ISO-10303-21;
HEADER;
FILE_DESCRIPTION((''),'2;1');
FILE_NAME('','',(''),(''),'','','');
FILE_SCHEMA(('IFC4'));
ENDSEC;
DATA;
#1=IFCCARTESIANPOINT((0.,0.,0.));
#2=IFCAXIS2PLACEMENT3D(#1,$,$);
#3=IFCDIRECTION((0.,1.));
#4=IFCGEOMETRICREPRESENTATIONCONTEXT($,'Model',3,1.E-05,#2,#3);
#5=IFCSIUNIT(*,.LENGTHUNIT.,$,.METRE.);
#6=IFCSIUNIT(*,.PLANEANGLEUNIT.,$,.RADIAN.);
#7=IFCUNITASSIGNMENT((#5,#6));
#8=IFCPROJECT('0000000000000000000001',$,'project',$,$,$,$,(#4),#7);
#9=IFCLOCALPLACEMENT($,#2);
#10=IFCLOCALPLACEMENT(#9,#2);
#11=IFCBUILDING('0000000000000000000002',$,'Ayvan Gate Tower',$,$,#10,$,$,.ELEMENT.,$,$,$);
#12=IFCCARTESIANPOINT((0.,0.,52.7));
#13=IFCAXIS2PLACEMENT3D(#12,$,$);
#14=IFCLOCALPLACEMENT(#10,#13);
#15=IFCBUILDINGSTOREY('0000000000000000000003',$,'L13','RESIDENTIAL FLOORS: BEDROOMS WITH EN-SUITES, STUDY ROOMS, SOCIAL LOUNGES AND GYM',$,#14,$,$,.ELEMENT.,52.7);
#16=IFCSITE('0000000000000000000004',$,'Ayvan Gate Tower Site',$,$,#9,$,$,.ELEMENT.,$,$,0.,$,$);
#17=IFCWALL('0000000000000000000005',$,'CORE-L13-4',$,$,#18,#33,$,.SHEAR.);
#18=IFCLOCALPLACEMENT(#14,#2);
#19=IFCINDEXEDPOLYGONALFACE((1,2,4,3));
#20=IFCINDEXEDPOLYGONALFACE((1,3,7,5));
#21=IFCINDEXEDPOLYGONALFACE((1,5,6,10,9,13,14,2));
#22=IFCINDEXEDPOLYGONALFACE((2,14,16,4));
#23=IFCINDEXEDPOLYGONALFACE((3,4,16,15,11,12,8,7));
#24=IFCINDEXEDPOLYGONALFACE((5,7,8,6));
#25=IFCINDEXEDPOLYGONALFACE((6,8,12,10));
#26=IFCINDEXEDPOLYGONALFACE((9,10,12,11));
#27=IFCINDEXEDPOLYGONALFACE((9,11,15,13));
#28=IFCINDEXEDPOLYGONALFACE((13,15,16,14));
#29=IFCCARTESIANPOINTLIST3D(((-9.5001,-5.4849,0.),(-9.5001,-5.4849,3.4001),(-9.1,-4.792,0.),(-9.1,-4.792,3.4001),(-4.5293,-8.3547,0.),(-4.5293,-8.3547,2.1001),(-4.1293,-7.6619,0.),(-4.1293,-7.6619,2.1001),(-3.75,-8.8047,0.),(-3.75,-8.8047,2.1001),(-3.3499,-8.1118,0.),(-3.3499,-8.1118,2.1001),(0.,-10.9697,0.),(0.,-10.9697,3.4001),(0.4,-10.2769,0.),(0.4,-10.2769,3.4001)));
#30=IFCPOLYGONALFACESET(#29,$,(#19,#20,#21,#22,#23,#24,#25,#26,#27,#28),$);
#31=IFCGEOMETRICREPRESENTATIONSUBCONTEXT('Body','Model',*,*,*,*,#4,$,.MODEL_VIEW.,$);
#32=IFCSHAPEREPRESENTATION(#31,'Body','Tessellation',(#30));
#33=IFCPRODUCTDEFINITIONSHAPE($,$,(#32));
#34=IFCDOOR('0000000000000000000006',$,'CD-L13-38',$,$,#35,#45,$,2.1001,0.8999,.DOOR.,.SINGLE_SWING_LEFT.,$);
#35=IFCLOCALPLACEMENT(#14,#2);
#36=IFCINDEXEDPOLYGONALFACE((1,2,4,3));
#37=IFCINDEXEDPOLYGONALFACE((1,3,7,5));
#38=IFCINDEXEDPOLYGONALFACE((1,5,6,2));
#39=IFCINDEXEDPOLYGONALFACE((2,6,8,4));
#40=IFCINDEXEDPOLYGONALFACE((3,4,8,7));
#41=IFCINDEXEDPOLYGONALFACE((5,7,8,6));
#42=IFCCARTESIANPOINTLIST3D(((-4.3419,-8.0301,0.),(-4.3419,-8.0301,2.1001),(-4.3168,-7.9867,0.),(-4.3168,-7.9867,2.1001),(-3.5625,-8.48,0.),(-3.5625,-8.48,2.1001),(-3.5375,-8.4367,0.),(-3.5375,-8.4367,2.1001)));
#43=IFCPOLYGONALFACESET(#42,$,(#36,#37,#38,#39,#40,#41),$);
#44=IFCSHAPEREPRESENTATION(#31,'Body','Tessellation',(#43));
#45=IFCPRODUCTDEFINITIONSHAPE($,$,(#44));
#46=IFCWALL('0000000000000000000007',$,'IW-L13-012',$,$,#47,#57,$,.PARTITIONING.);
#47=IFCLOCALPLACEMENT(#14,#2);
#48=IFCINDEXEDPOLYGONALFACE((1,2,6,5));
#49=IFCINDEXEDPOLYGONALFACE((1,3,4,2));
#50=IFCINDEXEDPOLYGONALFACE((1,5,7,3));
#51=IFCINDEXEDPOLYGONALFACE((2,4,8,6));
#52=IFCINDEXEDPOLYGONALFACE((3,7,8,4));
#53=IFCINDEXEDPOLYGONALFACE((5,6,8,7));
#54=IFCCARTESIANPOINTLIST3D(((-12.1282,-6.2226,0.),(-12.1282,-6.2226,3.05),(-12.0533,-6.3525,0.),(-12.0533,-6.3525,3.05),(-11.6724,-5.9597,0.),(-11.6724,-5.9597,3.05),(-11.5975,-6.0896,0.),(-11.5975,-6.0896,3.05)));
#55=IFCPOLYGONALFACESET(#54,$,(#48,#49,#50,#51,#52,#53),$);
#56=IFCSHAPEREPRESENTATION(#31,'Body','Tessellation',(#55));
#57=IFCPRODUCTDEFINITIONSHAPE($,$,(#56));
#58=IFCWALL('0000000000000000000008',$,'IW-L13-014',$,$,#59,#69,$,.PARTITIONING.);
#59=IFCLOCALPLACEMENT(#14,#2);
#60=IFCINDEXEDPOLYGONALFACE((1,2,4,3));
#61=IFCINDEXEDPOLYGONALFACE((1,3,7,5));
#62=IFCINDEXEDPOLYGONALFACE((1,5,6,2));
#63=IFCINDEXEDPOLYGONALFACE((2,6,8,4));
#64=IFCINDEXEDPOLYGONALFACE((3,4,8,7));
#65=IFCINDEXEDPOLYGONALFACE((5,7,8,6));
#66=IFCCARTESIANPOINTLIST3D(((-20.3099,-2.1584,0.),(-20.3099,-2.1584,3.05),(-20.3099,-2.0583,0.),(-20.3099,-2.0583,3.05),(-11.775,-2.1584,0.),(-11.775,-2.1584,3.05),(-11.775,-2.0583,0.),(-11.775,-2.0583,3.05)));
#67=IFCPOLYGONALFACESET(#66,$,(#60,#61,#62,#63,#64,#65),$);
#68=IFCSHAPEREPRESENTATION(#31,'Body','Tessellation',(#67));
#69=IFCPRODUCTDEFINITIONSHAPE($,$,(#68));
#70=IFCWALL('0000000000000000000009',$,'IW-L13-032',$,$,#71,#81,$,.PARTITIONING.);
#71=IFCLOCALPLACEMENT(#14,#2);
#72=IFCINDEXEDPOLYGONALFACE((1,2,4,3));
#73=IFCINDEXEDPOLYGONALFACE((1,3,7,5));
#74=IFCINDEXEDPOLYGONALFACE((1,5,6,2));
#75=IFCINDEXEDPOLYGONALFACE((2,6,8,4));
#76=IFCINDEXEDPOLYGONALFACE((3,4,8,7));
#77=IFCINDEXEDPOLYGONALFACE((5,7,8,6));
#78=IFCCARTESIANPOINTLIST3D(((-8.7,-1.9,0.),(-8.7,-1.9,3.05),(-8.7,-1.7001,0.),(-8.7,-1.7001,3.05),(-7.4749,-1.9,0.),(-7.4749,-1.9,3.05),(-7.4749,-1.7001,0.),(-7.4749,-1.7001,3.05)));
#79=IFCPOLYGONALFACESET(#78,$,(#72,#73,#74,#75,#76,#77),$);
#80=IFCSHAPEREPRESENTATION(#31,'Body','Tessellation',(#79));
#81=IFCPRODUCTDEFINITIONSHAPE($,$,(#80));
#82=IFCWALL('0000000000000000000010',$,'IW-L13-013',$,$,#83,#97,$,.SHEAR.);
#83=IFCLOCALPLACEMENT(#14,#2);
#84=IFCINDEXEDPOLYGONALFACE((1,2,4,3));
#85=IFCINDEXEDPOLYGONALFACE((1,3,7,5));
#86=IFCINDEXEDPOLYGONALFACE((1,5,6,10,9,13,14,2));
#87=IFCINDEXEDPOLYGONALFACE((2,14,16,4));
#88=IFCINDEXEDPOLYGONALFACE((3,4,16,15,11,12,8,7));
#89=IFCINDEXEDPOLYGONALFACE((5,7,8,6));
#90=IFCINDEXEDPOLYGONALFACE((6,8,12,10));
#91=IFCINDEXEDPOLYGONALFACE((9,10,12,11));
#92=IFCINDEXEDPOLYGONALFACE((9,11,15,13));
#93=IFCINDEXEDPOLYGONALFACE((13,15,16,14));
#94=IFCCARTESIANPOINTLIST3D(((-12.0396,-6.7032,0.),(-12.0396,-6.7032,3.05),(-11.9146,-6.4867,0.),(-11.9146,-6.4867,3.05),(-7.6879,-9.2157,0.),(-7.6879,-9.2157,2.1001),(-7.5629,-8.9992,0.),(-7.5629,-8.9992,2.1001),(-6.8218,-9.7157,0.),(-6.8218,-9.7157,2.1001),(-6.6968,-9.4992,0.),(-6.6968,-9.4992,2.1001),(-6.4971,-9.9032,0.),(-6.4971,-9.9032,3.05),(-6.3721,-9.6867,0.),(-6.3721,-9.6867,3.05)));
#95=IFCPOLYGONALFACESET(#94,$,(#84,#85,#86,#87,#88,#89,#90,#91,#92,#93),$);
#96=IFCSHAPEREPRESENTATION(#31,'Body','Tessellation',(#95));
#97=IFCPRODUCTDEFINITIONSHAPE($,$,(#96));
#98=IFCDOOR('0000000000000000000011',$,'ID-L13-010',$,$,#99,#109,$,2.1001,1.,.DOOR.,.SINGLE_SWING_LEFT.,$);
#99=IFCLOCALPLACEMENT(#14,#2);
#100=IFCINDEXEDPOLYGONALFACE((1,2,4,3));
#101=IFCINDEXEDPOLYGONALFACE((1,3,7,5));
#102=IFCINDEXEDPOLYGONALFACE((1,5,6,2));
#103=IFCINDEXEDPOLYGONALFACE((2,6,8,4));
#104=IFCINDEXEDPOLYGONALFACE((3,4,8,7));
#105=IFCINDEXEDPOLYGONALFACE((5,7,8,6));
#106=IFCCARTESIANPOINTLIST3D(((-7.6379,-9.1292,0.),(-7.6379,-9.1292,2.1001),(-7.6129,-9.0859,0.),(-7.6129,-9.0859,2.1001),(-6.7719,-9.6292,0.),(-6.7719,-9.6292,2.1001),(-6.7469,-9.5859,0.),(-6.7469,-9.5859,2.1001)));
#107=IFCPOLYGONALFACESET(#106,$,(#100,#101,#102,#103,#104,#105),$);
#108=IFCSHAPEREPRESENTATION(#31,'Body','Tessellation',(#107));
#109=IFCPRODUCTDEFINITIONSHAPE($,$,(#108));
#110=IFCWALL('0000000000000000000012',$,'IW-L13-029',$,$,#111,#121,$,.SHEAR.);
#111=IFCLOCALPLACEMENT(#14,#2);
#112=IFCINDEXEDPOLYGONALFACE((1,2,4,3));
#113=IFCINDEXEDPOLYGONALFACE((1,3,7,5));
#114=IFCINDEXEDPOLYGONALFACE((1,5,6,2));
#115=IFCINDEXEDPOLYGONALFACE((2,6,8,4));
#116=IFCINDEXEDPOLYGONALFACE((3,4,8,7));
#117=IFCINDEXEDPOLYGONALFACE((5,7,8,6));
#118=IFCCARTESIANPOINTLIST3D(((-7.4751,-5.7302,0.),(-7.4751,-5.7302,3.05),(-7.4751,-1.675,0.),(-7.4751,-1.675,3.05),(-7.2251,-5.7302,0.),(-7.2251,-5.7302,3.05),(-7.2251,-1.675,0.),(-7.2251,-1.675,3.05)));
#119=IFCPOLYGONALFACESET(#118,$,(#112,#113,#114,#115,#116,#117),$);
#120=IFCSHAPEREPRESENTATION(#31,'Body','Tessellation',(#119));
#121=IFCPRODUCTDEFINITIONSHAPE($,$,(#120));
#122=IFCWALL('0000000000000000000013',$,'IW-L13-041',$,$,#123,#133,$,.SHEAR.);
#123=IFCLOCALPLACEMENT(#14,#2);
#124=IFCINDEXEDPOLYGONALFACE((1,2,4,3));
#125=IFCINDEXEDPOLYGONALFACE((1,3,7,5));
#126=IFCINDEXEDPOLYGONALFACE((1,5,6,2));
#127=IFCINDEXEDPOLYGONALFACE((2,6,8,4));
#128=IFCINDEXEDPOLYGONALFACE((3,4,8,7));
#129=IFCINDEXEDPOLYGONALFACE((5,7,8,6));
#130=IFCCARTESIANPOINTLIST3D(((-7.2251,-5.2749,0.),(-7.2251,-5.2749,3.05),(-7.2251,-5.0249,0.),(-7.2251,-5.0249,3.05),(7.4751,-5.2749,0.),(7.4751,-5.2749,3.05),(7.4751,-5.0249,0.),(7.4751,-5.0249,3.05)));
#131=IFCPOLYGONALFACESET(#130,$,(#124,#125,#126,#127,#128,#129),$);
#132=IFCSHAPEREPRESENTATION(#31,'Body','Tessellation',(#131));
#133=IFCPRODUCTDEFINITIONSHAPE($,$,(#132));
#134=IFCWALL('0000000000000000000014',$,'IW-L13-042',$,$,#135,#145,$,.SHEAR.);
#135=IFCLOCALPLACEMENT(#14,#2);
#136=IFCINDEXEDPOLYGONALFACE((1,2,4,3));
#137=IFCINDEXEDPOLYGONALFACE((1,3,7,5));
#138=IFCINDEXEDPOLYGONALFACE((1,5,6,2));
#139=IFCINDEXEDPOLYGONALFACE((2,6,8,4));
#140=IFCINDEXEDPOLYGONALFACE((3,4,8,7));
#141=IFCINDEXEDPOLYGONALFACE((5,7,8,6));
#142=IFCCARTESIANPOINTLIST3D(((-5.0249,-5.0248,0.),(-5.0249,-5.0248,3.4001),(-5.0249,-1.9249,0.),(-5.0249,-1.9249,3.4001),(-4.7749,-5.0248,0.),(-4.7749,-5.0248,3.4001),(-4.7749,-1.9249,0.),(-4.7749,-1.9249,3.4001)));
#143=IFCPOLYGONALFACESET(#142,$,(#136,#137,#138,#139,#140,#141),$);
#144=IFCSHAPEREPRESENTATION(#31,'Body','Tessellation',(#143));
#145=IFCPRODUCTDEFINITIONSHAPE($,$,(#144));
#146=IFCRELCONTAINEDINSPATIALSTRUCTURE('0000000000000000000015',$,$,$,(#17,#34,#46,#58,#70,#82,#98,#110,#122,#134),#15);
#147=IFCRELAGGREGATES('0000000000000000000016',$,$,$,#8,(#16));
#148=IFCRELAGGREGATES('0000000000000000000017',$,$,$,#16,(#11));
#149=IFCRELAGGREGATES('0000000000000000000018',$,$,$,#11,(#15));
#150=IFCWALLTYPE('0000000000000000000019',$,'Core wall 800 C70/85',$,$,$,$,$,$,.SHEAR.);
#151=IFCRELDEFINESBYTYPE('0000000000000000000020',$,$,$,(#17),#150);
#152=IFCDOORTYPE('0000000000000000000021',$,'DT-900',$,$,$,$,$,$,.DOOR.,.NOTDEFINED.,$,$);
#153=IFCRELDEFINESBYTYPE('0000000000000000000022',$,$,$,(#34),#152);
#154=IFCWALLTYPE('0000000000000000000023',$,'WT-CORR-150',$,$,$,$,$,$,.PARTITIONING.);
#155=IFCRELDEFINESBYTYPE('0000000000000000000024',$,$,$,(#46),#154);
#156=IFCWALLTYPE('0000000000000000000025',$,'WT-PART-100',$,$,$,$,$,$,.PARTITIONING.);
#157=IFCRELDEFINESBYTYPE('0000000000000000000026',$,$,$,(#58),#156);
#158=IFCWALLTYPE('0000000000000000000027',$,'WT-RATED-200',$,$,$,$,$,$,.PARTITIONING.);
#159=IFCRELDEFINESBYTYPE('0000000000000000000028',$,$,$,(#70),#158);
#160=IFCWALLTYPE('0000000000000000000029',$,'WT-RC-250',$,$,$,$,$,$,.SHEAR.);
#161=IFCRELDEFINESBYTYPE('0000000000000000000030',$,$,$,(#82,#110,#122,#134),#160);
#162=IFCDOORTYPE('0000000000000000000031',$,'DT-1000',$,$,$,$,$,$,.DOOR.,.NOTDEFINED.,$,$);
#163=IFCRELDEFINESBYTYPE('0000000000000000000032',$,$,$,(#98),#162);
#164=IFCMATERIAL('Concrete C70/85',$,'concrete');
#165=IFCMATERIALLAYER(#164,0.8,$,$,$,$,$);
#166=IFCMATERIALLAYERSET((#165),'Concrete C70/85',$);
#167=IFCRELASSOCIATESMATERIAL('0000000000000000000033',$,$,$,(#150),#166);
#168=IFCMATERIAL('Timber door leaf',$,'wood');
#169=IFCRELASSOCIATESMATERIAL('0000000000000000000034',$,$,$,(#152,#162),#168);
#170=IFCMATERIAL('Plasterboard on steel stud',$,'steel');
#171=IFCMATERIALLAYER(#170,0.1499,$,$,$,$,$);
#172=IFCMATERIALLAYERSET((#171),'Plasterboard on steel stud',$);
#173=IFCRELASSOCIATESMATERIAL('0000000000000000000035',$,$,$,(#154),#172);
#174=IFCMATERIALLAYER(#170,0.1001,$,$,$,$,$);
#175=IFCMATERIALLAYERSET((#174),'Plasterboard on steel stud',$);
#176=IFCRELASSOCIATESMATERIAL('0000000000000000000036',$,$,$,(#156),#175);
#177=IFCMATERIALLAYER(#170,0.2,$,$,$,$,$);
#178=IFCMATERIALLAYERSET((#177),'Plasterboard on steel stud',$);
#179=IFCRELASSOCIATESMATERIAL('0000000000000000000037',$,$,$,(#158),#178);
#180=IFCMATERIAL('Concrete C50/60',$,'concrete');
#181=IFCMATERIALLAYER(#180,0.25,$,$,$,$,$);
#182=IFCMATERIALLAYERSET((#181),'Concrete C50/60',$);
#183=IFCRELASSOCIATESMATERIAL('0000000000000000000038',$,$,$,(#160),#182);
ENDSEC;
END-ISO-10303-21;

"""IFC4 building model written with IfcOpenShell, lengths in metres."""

from ifc_helpers import new_model, si_unit, direction, frame, frame_2d, origin, place, context, subcontext, project, spatial, rectangle, extrude, material, layer, layer_set, type_object, element, fill, save


model = new_model("IFC4")

# Units and contexts
model_context = context("Model", 3, precision=1e-05, world=origin(), true_north=direction((0.0, 1.0)))
body_context = subcontext(model_context, "Body", "Model", "MODEL_VIEW")
ifc_project = project(units=[si_unit("LENGTHUNIT", "METRE"), si_unit("PLANEANGLEUNIT", "RADIAN")], contexts=[model_context])

# Site, building, storey
site_placement = place(None, origin())
site = spatial("IfcSite", under=ifc_project, at=site_placement, Name="Ayvan Gate Tower Site", CompositionType="ELEMENT", RefElevation=0.0)
building_placement = place(site_placement, origin())
building = spatial("IfcBuilding", under=site, at=building_placement, Name="Ayvan Gate Tower", CompositionType="ELEMENT")
storey_placement = place(building_placement, frame((0.0, 0.0, 52.7)))
storey = spatial("IfcBuildingStorey", under=building, at=storey_placement, Name="L13", Description="RESIDENTIAL FLOORS: BEDROOMS WITH EN-SUITES, STUDY ROOMS, SOCIAL LOUNGES AND GYM", CompositionType="ELEMENT", Elevation=52.7)

# Wall, opening, door
ifc_material_1 = material(Name="Concrete C70/85", Category="concrete")
ifc_layer_1 = layer(ifc_material_1, 0.8)
ifc_layer_set_1 = layer_set([ifc_layer_1], Name="Concrete C70/85")
wall_type_1 = type_object("IfcWallType", Name="Core wall 800 C70/85", PredefinedType="SHEAR", material=ifc_layer_set_1)
wall_1_placement = place(storey_placement, frame((-9.3, -5.1384, 0.0), z_axis=(0.0, 0.0, 1.0), x_axis=(0.866024, -0.500002, 0.0)))
wall_1 = element("IfcWall", 1, at=wall_1_placement, inside=storey, type_object=wall_type_1, Name="CORE-L13-4", PredefinedType="SHEAR", context=body_context, shape_type="SweptSolid", body=[
    extrude(rectangle(XDim=10.9697, YDim=0.8, at=frame_2d((5.4849, 0.0))), origin(), (0.0, 0.0, 1.0), 3.4001),
])
opening_1_placement = place(wall_1_placement, frame((5.7397, 0.0, 0.0)))
opening_1 = element("IfcOpeningElement", 2, at=opening_1_placement, cuts=wall_1, PredefinedType="OPENING", context=body_context, shape_type="SweptSolid", body=[
    extrude(rectangle(XDim=0.8999, YDim=2.1001, at=frame_2d((0.45, 1.05))), frame((0.0, 0.4099, 0.0), z_axis=(0.0, -1.0, 0.0), x_axis=(1.0, 0.0, 0.0)), (0.0, 0.0, 1.0), 0.8201),
])
ifc_material_2 = material(Name="Timber door leaf", Category="wood")
door_type_1 = type_object("IfcDoorType", Name="DT-900", OperationType="NOTDEFINED", PredefinedType="DOOR", material=ifc_material_2)
door_1_placement = place(opening_1_placement, origin())
door_1 = element("IfcDoor", 3, at=door_1_placement, inside=storey, type_object=door_type_1, Name="CD-L13-38", OperationType="SINGLE_SWING_LEFT", OverallHeight=2.1001, OverallWidth=0.8999, PredefinedType="DOOR", context=body_context, shape_type="SweptSolid", body=[
    extrude(rectangle(XDim=0.8999, YDim=2.1001, at=frame_2d((0.45, 1.05))), frame((0.0, 0.0249, 0.0), z_axis=(0.0, -1.0, 0.0), x_axis=(1.0, 0.0, 0.0)), (0.0, 0.0, 1.0), 0.05),
])
fill(opening_1, door_1)

# Walls
ifc_material_3 = material(Name="Plasterboard on steel stud", Category="steel")
ifc_layer_2 = layer(ifc_material_3, 0.1499)
ifc_layer_set_2 = layer_set([ifc_layer_2], Name="Plasterboard on steel stud")
wall_type_2 = type_object("IfcWallType", Name="WT-CORR-150", PredefinedType="PARTITIONING", material=ifc_layer_set_2)
wall_2_placement = place(storey_placement, frame((-12.0908, -6.2876, 0.0), z_axis=(0.0, 0.0, 1.0), x_axis=(0.866209, 0.499682, 0.0)))
element("IfcWall", 4, at=wall_2_placement, inside=storey, type_object=wall_type_2, Name="IW-L13-012", PredefinedType="PARTITIONING", context=body_context, shape_type="SweptSolid", body=[
    extrude(rectangle(XDim=0.5261, YDim=0.1499, at=frame_2d((0.2632, 0.0))), origin(), (0.0, 0.0, 1.0), 3.05),
])
ifc_layer_3 = layer(ifc_material_3, 0.1001)
ifc_layer_set_3 = layer_set([ifc_layer_3], Name="Plasterboard on steel stud")
wall_type_3 = type_object("IfcWallType", Name="WT-PART-100", PredefinedType="PARTITIONING", material=ifc_layer_set_3)
wall_3_placement = place(storey_placement, frame((-11.7749, -2.1084, 0.0), z_axis=(0.0, 0.0, 1.0), x_axis=(-1.0, 0.0, 0.0)))
element("IfcWall", 5, at=wall_3_placement, inside=storey, type_object=wall_type_3, Name="IW-L13-014", PredefinedType="PARTITIONING", context=body_context, shape_type="SweptSolid", body=[
    extrude(rectangle(XDim=8.5349, YDim=0.1001, at=frame_2d((4.2676, 0.0))), origin(), (0.0, 0.0, 1.0), 3.05),
])
ifc_layer_4 = layer(ifc_material_3, 0.2)
ifc_layer_set_4 = layer_set([ifc_layer_4], Name="Plasterboard on steel stud")
wall_type_4 = type_object("IfcWallType", Name="WT-RATED-200", PredefinedType="PARTITIONING", material=ifc_layer_set_4)
wall_4_placement = place(storey_placement, frame((-7.4749, -1.8, 0.0), z_axis=(0.0, 0.0, 1.0), x_axis=(-1.0, 0.0, 0.0)))
element("IfcWall", 6, at=wall_4_placement, inside=storey, type_object=wall_type_4, Name="IW-L13-032", PredefinedType="PARTITIONING", context=body_context, shape_type="SweptSolid", body=[
    extrude(rectangle(XDim=1.2251, YDim=0.2, at=frame_2d((0.6125, 0.0))), origin(), (0.0, 0.0, 1.0), 3.05),
])

# Wall, opening, door
ifc_material_4 = material(Name="Concrete C50/60", Category="concrete")
ifc_layer_5 = layer(ifc_material_4, 0.25)
ifc_layer_set_5 = layer_set([ifc_layer_5], Name="Concrete C50/60")
wall_type_5 = type_object("IfcWallType", Name="WT-RC-250", PredefinedType="SHEAR", material=ifc_layer_set_5)
wall_5_placement = place(storey_placement, frame((-11.9771, -6.595, 0.0), z_axis=(0.0, 0.0, 1.0), x_axis=(0.866025, -0.5, 0.0)))
wall_5 = element("IfcWall", 7, at=wall_5_placement, inside=storey, type_object=wall_type_5, Name="IW-L13-013", PredefinedType="SHEAR", context=body_context, shape_type="SweptSolid", body=[
    extrude(rectangle(XDim=6.3999, YDim=0.25, at=frame_2d((3.2, 0.0))), origin(), (0.0, 0.0, 1.0), 3.05),
])
opening_2_placement = place(wall_5_placement, frame((5.0249, 0.0, 0.0)))
opening_2 = element("IfcOpeningElement", 8, at=opening_2_placement, cuts=wall_5, PredefinedType="OPENING", context=body_context, shape_type="SweptSolid", body=[
    extrude(rectangle(XDim=1.0, YDim=2.1001, at=frame_2d((0.5, 1.05))), frame((0.0, 0.135, 0.0), z_axis=(0.0, -1.0, 0.0), x_axis=(1.0, 0.0, 0.0)), (0.0, 0.0, 1.0), 0.27),
])
door_type_2 = type_object("IfcDoorType", Name="DT-1000", OperationType="NOTDEFINED", PredefinedType="DOOR", material=ifc_material_2)
door_2_placement = place(opening_2_placement, origin())
door_2 = element("IfcDoor", 9, at=door_2_placement, inside=storey, type_object=door_type_2, Name="ID-L13-010", OperationType="SINGLE_SWING_LEFT", OverallHeight=2.1001, OverallWidth=1.0, PredefinedType="DOOR", context=body_context, shape_type="SweptSolid", body=[
    extrude(rectangle(XDim=1.0, YDim=2.1001, at=frame_2d((0.5, 1.05))), frame((0.0, 0.0249, 0.0), z_axis=(0.0, -1.0, 0.0), x_axis=(1.0, 0.0, 0.0)), (0.0, 0.0, 1.0), 0.05),
])
fill(opening_2, door_2)

# Walls
wall_6_placement = place(storey_placement, frame((-7.3501, -5.7302, 0.0), z_axis=(0.0, 0.0, 1.0), x_axis=(0.0, 1.0, 0.0)))
element("IfcWall", 10, at=wall_6_placement, inside=storey, type_object=wall_type_5, Name="IW-L13-029", PredefinedType="SHEAR", context=body_context, shape_type="SweptSolid", body=[
    extrude(rectangle(XDim=4.0552, YDim=0.25, at=frame_2d((2.0276, 0.0))), origin(), (0.0, 0.0, 1.0), 3.05),
])
wall_7_placement = place(storey_placement, frame((-7.2251, -5.1499, 0.0), z_axis=(0.0, 0.0, 1.0), x_axis=(1.0, 0.0, 0.0)))
element("IfcWall", 11, at=wall_7_placement, inside=storey, type_object=wall_type_5, Name="IW-L13-041", PredefinedType="SHEAR", context=body_context, shape_type="SweptSolid", body=[
    extrude(rectangle(XDim=14.7002, YDim=0.25, at=frame_2d((7.3501, 0.0))), origin(), (0.0, 0.0, 1.0), 3.05),
])
wall_8_placement = place(storey_placement, frame((-4.8999, -1.925, 0.0), z_axis=(0.0, 0.0, 1.0), x_axis=(0.0, -1.0, 0.0)))
element("IfcWall", 12, at=wall_8_placement, inside=storey, type_object=wall_type_5, Name="IW-L13-042", PredefinedType="SHEAR", context=body_context, shape_type="SweptSolid", body=[
    extrude(rectangle(XDim=3.0999, YDim=0.25, at=frame_2d((1.5498, 0.0))), origin(), (0.0, 0.0, 1.0), 3.4001),
])

save(model, "model.ifc")
